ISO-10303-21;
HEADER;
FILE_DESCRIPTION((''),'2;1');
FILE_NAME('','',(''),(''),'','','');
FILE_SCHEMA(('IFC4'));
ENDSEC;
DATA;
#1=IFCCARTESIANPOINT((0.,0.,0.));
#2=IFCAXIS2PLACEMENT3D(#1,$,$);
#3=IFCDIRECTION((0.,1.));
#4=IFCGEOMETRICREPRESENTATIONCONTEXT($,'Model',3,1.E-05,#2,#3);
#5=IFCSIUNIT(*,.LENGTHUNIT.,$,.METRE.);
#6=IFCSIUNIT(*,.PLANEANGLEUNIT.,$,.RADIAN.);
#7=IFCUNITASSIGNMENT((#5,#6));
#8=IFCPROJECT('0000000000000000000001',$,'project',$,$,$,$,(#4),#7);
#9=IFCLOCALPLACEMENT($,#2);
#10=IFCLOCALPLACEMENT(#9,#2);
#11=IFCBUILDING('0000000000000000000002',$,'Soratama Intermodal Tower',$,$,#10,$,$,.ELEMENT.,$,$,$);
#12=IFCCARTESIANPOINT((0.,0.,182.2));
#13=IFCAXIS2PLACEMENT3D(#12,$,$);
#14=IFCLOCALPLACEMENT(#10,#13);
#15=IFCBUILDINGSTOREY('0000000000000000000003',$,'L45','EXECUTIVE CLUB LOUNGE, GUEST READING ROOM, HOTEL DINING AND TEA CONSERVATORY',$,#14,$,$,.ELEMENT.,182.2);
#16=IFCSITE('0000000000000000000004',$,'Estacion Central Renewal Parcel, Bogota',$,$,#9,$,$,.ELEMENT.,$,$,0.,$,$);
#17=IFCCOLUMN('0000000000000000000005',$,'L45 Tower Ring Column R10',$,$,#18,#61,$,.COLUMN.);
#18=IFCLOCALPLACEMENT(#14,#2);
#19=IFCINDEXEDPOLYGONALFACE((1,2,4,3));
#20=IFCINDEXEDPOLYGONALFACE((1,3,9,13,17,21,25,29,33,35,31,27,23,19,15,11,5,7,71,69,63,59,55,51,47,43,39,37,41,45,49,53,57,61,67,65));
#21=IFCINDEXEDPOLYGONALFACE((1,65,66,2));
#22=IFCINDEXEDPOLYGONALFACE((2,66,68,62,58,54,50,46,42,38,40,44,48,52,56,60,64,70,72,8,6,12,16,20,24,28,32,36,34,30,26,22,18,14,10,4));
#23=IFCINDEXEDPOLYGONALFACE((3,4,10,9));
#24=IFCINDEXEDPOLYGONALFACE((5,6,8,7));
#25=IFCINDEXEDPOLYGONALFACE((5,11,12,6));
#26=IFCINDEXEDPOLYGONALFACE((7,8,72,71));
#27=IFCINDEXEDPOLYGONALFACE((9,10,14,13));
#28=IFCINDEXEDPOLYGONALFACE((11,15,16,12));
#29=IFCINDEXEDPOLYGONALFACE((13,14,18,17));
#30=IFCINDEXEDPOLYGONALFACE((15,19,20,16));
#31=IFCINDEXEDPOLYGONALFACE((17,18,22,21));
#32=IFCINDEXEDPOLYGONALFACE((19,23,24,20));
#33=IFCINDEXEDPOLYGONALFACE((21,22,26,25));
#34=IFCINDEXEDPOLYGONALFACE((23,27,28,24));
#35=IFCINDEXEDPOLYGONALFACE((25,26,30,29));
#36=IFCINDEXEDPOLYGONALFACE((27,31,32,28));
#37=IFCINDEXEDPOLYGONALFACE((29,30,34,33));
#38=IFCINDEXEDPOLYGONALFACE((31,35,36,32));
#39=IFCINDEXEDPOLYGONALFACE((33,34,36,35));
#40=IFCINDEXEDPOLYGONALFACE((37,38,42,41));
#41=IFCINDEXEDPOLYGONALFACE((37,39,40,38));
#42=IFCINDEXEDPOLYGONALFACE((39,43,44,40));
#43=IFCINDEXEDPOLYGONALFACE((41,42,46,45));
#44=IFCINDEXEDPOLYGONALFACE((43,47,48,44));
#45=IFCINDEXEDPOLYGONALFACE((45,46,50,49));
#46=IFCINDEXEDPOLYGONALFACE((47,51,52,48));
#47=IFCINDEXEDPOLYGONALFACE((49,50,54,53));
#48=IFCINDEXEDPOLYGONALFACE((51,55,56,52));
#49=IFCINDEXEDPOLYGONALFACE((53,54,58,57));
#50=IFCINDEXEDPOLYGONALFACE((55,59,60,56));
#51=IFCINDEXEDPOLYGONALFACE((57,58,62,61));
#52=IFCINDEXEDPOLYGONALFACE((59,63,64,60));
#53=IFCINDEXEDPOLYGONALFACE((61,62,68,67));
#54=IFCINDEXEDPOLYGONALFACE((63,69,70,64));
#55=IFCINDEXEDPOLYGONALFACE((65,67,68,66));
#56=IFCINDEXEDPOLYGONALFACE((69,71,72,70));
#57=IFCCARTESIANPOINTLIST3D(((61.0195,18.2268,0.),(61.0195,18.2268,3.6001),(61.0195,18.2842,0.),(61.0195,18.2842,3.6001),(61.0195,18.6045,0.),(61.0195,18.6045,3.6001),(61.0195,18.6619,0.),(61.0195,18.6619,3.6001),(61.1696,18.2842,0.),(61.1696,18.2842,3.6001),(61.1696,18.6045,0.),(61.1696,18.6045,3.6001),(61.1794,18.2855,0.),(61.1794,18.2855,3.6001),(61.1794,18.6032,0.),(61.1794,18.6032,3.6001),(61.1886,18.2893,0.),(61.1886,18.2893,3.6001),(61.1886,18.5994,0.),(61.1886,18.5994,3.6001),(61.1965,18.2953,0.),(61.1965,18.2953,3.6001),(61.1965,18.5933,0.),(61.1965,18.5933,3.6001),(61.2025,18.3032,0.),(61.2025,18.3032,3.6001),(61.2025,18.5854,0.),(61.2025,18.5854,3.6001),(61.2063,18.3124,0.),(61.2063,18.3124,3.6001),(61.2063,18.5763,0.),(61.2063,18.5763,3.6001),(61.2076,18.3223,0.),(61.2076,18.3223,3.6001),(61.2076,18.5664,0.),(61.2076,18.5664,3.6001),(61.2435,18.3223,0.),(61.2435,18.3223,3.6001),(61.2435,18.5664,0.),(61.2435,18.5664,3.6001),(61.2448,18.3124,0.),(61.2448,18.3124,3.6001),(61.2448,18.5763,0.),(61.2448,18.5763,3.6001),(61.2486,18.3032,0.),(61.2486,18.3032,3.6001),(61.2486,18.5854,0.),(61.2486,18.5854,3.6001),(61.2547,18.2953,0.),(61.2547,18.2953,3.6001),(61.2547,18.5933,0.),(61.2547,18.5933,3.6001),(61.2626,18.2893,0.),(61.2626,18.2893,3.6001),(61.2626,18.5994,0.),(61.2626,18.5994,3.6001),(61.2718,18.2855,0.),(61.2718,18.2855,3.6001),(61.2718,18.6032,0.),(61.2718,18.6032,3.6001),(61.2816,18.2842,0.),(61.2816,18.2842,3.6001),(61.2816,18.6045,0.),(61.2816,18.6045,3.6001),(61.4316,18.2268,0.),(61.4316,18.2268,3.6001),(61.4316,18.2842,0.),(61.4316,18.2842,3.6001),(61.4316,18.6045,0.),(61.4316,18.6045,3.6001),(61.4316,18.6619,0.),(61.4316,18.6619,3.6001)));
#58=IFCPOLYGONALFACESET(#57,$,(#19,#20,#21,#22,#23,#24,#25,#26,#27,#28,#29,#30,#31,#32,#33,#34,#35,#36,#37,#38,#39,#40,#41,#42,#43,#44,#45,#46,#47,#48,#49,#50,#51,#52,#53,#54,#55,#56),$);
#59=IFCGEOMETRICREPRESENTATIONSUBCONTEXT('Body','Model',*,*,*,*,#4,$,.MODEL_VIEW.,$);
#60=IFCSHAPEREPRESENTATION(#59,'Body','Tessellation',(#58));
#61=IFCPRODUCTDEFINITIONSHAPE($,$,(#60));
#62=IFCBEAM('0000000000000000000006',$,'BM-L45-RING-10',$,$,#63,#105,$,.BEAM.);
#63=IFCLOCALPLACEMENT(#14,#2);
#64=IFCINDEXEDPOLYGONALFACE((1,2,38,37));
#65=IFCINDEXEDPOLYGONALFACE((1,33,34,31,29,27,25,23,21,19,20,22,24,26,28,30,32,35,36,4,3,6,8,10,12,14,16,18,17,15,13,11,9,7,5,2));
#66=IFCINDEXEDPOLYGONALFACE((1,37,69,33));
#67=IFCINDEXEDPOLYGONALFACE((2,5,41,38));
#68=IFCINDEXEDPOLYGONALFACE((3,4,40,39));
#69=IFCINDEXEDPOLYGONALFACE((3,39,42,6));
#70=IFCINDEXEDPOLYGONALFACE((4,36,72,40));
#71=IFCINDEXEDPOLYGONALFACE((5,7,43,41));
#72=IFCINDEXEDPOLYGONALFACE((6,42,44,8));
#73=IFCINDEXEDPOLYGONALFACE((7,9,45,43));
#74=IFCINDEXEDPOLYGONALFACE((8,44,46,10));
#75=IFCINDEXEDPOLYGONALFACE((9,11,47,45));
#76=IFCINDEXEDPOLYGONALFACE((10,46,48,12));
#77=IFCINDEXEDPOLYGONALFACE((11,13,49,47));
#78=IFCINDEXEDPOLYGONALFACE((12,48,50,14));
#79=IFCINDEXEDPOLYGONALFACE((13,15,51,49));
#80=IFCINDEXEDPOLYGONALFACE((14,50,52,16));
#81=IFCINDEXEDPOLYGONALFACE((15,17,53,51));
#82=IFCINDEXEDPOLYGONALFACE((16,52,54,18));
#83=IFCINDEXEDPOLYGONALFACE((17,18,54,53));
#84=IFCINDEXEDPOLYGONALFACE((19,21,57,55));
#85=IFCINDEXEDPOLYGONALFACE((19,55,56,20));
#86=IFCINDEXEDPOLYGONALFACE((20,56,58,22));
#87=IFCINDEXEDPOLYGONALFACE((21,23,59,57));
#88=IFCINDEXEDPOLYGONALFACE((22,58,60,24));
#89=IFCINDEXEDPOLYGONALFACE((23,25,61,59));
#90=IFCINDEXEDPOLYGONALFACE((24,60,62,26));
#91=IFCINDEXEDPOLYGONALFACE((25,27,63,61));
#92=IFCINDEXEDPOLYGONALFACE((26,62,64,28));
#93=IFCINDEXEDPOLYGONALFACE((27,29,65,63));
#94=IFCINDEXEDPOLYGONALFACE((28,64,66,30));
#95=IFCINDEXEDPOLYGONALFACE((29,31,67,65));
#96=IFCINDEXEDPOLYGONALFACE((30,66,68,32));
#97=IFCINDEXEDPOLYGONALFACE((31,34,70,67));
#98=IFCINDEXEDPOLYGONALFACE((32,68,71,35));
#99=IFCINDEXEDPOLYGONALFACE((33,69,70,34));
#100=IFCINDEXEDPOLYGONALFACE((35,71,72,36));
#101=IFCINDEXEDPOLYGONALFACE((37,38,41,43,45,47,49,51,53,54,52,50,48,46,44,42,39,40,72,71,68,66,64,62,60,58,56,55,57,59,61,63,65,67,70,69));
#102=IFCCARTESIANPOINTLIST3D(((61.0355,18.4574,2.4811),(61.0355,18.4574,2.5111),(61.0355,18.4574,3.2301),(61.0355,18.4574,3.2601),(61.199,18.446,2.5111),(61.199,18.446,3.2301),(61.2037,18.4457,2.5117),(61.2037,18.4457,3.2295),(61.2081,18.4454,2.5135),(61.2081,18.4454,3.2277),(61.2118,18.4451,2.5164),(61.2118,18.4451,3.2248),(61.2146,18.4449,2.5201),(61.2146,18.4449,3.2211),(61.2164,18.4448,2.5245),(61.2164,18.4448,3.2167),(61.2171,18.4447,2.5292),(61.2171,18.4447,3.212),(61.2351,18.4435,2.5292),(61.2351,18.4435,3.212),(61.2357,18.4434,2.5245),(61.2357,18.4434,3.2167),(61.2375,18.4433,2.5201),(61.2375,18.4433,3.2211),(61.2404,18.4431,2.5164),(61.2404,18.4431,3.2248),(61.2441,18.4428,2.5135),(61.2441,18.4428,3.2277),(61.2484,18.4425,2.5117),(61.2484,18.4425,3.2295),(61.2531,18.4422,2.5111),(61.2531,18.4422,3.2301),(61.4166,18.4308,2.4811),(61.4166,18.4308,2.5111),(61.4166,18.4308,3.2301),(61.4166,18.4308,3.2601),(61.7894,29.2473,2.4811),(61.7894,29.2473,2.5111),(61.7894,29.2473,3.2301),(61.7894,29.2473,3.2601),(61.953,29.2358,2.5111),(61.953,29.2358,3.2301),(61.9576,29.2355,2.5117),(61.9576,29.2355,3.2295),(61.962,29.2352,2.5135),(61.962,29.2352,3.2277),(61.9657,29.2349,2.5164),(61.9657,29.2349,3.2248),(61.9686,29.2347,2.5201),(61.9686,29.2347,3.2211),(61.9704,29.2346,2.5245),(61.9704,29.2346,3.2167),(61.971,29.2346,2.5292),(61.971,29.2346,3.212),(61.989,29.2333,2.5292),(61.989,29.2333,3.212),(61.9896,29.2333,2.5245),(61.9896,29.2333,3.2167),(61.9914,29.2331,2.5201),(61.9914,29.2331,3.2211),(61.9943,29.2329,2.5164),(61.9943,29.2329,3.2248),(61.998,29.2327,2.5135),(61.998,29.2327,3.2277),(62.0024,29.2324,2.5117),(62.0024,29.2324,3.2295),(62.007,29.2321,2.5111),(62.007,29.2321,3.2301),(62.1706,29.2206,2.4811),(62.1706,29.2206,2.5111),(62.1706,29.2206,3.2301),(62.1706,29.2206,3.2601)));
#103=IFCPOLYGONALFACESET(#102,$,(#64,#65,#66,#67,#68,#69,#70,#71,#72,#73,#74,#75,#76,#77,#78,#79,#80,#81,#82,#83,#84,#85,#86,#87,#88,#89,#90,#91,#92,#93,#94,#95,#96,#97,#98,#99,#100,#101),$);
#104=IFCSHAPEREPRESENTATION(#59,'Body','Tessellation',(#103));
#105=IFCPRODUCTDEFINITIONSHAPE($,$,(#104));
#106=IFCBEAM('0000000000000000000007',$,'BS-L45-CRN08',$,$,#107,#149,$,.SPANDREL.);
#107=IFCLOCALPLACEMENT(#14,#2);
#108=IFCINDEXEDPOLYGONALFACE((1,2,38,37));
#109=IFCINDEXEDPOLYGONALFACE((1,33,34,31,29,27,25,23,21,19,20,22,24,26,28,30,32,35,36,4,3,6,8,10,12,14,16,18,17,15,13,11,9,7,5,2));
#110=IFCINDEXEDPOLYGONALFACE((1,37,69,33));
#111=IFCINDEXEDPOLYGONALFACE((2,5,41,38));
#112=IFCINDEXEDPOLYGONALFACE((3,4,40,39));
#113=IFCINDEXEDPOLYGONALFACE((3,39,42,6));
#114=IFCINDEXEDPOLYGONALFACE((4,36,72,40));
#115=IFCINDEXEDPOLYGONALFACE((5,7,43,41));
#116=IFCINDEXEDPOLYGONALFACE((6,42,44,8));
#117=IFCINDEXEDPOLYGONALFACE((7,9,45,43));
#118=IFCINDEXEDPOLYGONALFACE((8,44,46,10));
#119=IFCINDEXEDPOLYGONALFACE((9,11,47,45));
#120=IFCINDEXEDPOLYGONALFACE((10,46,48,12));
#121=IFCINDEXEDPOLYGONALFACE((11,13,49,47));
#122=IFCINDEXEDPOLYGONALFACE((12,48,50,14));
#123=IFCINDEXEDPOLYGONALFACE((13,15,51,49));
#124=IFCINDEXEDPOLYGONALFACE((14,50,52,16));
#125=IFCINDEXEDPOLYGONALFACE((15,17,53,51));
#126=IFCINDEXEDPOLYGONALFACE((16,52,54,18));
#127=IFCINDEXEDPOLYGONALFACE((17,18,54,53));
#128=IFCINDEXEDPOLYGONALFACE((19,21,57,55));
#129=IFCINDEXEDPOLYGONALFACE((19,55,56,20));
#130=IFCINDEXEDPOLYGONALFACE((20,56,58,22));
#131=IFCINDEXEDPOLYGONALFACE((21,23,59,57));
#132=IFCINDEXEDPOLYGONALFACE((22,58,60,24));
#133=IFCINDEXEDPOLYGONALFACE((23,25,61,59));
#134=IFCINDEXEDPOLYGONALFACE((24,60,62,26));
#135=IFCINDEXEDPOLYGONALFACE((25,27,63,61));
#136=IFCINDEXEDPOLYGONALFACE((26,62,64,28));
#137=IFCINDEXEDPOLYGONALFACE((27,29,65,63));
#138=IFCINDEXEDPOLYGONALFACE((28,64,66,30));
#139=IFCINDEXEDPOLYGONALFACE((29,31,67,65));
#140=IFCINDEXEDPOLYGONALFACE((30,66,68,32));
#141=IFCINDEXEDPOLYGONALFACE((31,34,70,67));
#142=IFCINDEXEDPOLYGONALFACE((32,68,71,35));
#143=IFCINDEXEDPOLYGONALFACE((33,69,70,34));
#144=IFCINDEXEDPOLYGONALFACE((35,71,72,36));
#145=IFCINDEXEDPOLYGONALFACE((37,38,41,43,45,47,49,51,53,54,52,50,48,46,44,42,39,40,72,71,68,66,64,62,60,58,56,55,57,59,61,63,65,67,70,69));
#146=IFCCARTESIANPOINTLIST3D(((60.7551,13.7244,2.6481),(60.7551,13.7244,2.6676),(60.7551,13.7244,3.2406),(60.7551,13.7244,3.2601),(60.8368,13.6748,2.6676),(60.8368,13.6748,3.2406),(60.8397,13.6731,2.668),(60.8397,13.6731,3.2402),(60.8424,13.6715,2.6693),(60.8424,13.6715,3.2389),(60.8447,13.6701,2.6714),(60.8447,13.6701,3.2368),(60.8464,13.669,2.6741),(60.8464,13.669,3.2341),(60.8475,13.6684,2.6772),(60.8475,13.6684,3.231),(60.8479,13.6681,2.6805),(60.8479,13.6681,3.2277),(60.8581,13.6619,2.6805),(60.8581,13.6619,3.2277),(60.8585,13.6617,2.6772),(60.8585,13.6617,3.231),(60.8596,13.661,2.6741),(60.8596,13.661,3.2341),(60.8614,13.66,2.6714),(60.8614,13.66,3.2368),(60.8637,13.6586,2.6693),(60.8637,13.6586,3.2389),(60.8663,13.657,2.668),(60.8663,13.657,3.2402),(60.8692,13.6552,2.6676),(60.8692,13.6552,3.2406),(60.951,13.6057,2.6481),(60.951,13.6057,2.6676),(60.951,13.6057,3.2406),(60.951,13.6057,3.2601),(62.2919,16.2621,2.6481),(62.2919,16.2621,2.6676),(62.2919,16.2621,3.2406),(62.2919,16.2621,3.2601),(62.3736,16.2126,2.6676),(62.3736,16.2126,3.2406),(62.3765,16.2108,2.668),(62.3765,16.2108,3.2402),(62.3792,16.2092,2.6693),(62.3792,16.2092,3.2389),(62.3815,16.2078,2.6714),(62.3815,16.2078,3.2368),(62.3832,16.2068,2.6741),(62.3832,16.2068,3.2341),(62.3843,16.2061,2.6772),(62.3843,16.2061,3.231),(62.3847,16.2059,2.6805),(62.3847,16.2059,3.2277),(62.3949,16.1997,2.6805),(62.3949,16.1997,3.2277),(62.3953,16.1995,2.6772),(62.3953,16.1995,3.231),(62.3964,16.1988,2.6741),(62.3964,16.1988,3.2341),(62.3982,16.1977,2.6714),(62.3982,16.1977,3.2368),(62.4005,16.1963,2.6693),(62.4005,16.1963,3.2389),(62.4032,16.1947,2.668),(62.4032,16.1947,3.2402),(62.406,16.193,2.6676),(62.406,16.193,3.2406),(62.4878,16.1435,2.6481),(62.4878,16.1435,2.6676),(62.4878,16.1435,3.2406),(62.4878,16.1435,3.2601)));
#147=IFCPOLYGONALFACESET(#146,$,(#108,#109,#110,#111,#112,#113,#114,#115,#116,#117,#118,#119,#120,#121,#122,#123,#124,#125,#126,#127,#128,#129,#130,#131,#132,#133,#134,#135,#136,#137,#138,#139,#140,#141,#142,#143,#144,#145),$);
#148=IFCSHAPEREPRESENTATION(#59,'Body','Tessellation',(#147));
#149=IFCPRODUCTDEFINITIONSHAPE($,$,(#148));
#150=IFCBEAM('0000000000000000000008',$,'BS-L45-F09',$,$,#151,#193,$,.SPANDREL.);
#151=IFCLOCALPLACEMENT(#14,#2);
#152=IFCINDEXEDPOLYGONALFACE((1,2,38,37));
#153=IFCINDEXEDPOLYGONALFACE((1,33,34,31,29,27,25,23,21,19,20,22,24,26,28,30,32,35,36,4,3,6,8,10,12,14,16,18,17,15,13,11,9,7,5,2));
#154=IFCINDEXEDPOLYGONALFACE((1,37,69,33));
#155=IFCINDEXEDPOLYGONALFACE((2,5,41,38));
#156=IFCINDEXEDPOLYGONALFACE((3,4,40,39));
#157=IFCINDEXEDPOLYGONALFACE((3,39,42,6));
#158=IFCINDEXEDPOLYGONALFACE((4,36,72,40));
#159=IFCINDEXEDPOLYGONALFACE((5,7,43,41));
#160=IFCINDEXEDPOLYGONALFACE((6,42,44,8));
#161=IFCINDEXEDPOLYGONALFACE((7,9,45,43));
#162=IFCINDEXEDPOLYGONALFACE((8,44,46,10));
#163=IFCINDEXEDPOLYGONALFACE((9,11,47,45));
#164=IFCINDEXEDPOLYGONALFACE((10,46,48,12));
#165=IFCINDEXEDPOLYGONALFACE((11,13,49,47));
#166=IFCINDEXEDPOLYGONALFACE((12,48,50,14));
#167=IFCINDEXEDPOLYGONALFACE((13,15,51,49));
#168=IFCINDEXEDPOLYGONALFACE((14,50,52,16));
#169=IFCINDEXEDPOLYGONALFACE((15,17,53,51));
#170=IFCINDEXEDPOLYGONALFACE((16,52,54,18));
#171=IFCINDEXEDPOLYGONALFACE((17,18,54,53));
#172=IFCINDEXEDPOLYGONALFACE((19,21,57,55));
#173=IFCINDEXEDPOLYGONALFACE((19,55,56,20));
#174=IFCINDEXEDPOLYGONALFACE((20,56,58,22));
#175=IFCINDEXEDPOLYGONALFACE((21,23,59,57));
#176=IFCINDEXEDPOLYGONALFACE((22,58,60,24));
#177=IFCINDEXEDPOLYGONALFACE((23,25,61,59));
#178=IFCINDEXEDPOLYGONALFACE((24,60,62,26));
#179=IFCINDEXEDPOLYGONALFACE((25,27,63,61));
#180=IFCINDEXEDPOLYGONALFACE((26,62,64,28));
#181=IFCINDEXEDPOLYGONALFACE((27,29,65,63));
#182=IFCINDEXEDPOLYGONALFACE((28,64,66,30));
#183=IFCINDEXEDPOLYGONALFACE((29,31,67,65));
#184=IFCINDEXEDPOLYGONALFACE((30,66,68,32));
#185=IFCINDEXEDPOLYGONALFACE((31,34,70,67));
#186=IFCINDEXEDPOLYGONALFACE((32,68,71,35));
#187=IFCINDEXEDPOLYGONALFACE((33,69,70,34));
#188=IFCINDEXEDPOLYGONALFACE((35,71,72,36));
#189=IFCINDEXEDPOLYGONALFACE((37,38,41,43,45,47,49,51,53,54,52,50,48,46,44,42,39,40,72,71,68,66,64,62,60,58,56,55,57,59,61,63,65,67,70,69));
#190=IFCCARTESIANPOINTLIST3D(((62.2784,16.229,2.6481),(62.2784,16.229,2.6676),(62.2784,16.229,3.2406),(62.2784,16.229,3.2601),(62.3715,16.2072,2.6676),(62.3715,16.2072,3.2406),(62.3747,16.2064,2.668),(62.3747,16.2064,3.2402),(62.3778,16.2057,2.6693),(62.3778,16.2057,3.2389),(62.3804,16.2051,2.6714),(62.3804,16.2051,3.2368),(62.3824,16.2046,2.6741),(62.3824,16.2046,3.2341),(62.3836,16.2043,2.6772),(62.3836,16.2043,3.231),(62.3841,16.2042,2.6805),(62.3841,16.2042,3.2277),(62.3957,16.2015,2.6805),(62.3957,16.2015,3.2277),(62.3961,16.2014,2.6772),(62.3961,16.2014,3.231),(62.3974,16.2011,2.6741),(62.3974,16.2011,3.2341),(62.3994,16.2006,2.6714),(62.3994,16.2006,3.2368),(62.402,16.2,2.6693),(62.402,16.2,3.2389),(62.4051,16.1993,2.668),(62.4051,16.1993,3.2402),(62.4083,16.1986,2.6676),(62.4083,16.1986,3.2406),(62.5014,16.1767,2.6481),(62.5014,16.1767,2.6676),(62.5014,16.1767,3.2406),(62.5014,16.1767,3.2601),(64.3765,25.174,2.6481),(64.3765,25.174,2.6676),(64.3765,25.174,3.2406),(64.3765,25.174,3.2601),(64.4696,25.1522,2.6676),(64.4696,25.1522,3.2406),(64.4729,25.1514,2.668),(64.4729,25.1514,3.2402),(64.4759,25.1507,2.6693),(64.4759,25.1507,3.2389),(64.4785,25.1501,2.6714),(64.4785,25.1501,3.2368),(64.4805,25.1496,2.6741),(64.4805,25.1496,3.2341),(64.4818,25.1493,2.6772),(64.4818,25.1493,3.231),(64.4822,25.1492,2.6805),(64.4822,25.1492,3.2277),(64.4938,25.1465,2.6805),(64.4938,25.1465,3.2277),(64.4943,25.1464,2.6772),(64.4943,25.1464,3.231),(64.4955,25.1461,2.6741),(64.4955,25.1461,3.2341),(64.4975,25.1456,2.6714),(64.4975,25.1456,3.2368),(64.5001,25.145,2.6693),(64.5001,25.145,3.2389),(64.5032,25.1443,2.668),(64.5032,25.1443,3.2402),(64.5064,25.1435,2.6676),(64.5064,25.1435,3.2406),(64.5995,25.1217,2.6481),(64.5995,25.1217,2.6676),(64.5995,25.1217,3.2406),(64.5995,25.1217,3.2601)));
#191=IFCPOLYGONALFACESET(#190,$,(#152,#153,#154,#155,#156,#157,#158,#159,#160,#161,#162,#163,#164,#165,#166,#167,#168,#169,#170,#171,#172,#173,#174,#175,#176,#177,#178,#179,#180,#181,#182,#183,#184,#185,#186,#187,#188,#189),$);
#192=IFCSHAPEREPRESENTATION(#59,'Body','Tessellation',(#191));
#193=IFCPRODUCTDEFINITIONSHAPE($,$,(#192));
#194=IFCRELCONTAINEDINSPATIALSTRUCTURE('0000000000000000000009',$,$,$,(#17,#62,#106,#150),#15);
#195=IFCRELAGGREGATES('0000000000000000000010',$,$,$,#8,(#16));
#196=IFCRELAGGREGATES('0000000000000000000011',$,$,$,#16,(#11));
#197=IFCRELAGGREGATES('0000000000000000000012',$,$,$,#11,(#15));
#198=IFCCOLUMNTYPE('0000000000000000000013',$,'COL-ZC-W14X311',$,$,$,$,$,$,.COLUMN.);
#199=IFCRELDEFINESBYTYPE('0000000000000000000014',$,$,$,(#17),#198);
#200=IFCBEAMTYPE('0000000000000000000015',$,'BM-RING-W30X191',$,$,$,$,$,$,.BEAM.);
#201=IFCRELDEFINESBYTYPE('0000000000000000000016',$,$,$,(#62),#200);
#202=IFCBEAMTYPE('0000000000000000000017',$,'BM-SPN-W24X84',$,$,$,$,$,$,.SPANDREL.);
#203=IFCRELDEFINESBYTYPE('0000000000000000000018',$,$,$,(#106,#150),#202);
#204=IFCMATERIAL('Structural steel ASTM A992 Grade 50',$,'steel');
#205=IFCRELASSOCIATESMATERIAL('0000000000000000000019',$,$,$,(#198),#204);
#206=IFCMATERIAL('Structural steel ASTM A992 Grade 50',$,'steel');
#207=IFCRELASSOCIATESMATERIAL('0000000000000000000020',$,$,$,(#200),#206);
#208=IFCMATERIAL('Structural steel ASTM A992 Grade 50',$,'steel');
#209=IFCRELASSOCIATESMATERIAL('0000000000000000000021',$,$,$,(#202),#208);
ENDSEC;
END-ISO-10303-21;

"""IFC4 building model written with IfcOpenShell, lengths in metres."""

from ifc_helpers import new_model, si_unit, direction, frame, origin, origin_2d, place, context, subcontext, project, spatial, i_section, extrude, material, material_profile, profile_set, type_object, element, save


model = new_model("IFC4")

# Units and contexts
model_context = context("Model", 3, precision=1e-05, world=origin(), true_north=direction((0.0, 1.0)))
body_context = subcontext(model_context, "Body", "Model", "MODEL_VIEW")
ifc_project = project(units=[si_unit("LENGTHUNIT", "METRE"), si_unit("PLANEANGLEUNIT", "RADIAN")], contexts=[model_context])

# Site, building, storey
site_placement = place(None, origin())
site = spatial("IfcSite", under=ifc_project, at=site_placement, Name="Estacion Central Renewal Parcel, Bogota", CompositionType="ELEMENT", RefElevation=0.0)
building_placement = place(site_placement, origin())
building = spatial("IfcBuilding", under=site, at=building_placement, Name="Soratama Intermodal Tower", CompositionType="ELEMENT")
storey_placement = place(building_placement, frame((0.0, 0.0, 182.2)))
storey = spatial("IfcBuildingStorey", under=building, at=storey_placement, Name="L45", Description="EXECUTIVE CLUB LOUNGE, GUEST READING ROOM, HOTEL DINING AND TEA CONSERVATORY", CompositionType="ELEMENT", Elevation=182.2)

# Column
ifc_material_1 = material(Name="Structural steel ASTM A992 Grade 50", Category="steel")
ifc_material_profile_1 = material_profile(ifc_material_1, i_section(OverallWidth=0.4121, OverallDepth=0.4351, WebThickness=0.0359, FlangeThickness=0.0574, FilletRadius=0.0381, at=origin_2d()), Name="W14X311")
ifc_profile_set_1 = profile_set([ifc_material_profile_1], Name="Structural steel ASTM A992 Grade 50")
column_type = type_object("IfcColumnType", Name="COL-ZC-W14X311", PredefinedType="COLUMN", material=ifc_profile_set_1)
column_placement = place(storey_placement, frame((61.2256, 18.4443, 0.0), z_axis=(0.0, 0.0, 1.0), x_axis=(1.0, 0.0, 0.0)))
element("IfcColumn", 1, at=column_placement, inside=storey, type_object=column_type, Name="L45 Tower Ring Column R10", PredefinedType="COLUMN", context=body_context, shape_type="SweptSolid", body=[
    extrude(i_section(OverallWidth=0.4121, OverallDepth=0.4351, WebThickness=0.0359, FlangeThickness=0.0574, FilletRadius=0.0381, at=origin_2d()), origin(), (0.0, 0.0, 1.0), 3.6001),
])

# Beams
ifc_material_2 = material(Name="Structural steel ASTM A992 Grade 50", Category="steel")
ifc_material_profile_2 = material_profile(ifc_material_2, i_section(OverallWidth=0.3821, OverallDepth=0.7791, WebThickness=0.0181, FlangeThickness=0.03, FilletRadius=0.0181, at=origin_2d()), Name="W30X191")
ifc_profile_set_2 = profile_set([ifc_material_profile_2], Name="Structural steel ASTM A992 Grade 50")
beam_type_1 = type_object("IfcBeamType", Name="BM-RING-W30X191", PredefinedType="BEAM", material=ifc_profile_set_2)
beam_1_placement = place(storey_placement, frame((61.2261, 18.4441, 2.8706), z_axis=(0.069702, 0.997568, 0.0), x_axis=(-0.997568, 0.069702, 0.0)))
element("IfcBeam", 2, at=beam_1_placement, inside=storey, type_object=beam_type_1, Name="BM-L45-RING-10", PredefinedType="BEAM", context=body_context, shape_type="SweptSolid", body=[
    extrude(i_section(OverallWidth=0.3821, OverallDepth=0.7791, WebThickness=0.0181, FlangeThickness=0.03, FilletRadius=0.0181, at=origin_2d()), origin(), (0.0, 0.0, 1.0), 10.8162),
])
ifc_material_3 = material(Name="Structural steel ASTM A992 Grade 50", Category="steel")
ifc_material_profile_3 = material_profile(ifc_material_3, i_section(OverallWidth=0.229, OverallDepth=0.6121, WebThickness=0.012, FlangeThickness=0.0195, FilletRadius=0.0129, at=origin_2d()), Name="W24X84")
ifc_profile_set_3 = profile_set([ifc_material_profile_3], Name="Structural steel ASTM A992 Grade 50")
beam_type_2 = type_object("IfcBeamType", Name="BM-SPN-W24X84", PredefinedType="SPANDREL", material=ifc_profile_set_3)
beam_2_placement = place(storey_placement, frame((60.853, 13.665, 2.9541), z_axis=(0.518001, 0.85538, 0.0), x_axis=(-0.85538, 0.518001, 0.0)))
element("IfcBeam", 3, at=beam_2_placement, inside=storey, type_object=beam_type_2, Name="BS-L45-CRN08", PredefinedType="SPANDREL", context=body_context, shape_type="SweptSolid", body=[
    extrude(i_section(OverallWidth=0.229, OverallDepth=0.6121, WebThickness=0.012, FlangeThickness=0.0195, FilletRadius=0.0129, at=origin_2d()), origin(), (0.0, 0.0, 1.0), 2.9668),
])
beam_3_placement = place(storey_placement, frame((62.3899, 16.2029, 2.9541), z_axis=(0.228361, 0.973577, 0.0), x_axis=(-0.973577, 0.228361, 0.0)))
element("IfcBeam", 4, at=beam_3_placement, inside=storey, type_object=beam_type_2, Name="BS-L45-F09", PredefinedType="SPANDREL", context=body_context, shape_type="SweptSolid", body=[
    extrude(i_section(OverallWidth=0.229, OverallDepth=0.6121, WebThickness=0.012, FlangeThickness=0.0195, FilletRadius=0.0129, at=origin_2d()), origin(), (0.0, 0.0, 1.0), 9.1877),
])

save(model, "model.ifc")
